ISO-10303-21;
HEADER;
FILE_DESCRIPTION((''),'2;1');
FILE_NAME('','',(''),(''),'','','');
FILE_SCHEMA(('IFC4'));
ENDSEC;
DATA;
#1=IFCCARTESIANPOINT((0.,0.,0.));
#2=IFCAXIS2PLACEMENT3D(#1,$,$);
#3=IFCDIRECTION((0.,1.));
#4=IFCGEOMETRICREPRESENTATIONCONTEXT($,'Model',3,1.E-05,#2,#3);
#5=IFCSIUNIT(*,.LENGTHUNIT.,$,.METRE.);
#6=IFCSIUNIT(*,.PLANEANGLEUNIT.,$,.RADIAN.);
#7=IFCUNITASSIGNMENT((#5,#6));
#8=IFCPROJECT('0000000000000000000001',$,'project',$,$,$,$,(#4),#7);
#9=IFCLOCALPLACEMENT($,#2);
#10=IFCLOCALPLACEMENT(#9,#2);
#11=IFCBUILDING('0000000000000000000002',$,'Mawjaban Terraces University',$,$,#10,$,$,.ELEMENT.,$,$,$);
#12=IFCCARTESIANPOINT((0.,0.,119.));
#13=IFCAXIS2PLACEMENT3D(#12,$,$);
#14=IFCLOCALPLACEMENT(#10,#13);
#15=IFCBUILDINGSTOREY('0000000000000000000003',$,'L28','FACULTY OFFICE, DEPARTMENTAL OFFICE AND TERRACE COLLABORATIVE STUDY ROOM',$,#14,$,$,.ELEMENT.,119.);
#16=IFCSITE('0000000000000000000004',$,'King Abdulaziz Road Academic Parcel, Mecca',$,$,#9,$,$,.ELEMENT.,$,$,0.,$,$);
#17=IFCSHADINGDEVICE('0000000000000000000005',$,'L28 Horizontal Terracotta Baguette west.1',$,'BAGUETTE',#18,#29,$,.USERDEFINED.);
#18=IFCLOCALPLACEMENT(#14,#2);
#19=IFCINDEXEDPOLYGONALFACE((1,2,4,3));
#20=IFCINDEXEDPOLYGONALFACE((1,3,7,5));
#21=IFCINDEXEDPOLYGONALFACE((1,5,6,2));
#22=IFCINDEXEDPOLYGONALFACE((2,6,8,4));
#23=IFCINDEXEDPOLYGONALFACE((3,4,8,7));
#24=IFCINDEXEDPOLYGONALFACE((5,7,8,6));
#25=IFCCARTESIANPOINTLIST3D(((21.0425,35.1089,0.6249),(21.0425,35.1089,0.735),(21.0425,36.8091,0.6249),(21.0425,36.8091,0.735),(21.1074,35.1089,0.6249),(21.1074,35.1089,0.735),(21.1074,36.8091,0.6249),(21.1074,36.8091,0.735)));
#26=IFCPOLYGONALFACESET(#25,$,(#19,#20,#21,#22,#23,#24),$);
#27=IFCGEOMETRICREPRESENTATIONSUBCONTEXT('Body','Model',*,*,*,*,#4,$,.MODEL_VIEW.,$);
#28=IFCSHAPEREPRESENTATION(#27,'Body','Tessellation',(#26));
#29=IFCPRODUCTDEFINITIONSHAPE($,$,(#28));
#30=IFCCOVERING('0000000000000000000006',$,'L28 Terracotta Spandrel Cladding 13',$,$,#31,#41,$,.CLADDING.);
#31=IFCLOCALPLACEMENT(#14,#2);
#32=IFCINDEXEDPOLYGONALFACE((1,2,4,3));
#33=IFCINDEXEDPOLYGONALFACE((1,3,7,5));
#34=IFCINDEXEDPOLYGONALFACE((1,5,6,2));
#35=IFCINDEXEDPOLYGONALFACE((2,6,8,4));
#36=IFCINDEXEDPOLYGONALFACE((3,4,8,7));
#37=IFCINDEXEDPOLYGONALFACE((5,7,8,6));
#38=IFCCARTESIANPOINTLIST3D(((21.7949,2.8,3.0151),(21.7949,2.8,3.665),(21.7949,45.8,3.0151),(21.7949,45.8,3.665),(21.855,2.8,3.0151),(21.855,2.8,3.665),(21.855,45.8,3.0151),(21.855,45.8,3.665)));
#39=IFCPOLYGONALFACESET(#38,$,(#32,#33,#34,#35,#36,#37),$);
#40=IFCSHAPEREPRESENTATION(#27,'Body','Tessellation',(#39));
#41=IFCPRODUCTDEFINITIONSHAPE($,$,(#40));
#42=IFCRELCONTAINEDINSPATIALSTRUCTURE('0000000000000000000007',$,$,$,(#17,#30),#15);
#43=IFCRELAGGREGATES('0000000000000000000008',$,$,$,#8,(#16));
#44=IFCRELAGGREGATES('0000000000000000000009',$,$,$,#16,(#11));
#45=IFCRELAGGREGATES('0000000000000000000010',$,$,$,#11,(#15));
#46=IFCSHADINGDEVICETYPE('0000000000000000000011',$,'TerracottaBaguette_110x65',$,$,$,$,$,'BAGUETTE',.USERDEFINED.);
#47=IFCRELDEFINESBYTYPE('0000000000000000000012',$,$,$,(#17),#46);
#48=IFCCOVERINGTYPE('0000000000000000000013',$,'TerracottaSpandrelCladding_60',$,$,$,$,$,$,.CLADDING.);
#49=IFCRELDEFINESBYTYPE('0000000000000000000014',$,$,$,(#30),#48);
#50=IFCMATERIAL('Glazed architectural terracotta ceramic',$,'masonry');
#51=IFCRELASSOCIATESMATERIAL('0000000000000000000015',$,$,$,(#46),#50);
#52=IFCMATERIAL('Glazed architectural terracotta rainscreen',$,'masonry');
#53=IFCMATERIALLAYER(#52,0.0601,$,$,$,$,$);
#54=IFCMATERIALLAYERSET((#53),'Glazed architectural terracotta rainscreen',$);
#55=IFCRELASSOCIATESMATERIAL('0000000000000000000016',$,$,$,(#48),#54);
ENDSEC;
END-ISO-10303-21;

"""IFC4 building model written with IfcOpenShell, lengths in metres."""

from ifc_helpers import new_model, si_unit, direction, frame, origin, origin_2d, place, context, subcontext, project, spatial, rectangle, extrude, material, layer, layer_set, material_profile, profile_set, type_object, element, save


model = new_model("IFC4")

# Units and contexts
model_context = context("Model", 3, precision=1e-05, world=origin(), true_north=direction((0.0, 1.0)))
body_context = subcontext(model_context, "Body", "Model", "MODEL_VIEW")
ifc_project = project(units=[si_unit("LENGTHUNIT", "METRE"), si_unit("PLANEANGLEUNIT", "RADIAN")], contexts=[model_context])

# Site, building, storey
site_placement = place(None, origin())
site = spatial("IfcSite", under=ifc_project, at=site_placement, Name="King Abdulaziz Road Academic Parcel, Mecca", CompositionType="ELEMENT", RefElevation=0.0)
building_placement = place(site_placement, origin())
building = spatial("IfcBuilding", under=site, at=building_placement, Name="Mawjaban Terraces University", CompositionType="ELEMENT")
storey_placement = place(building_placement, frame((0.0, 0.0, 119.0)))
storey = spatial("IfcBuildingStorey", under=building, at=storey_placement, Name="L28", Description="FACULTY OFFICE, DEPARTMENTAL OFFICE AND TERRACE COLLABORATIVE STUDY ROOM", CompositionType="ELEMENT", Elevation=119.0)

# Shading device
ifc_material_1 = material(Name="Glazed architectural terracotta ceramic", Category="masonry")
ifc_material_profile_1 = material_profile(ifc_material_1, rectangle(XDim=0.0649, YDim=0.1101, at=origin_2d()), Name="TBAG110X65")
ifc_profile_set_1 = profile_set([ifc_material_profile_1], Name="Glazed architectural terracotta ceramic")
shading_device_type = type_object("IfcShadingDeviceType", Name="TerracottaBaguette_110x65", ElementType="BAGUETTE", PredefinedType="USERDEFINED", material=ifc_profile_set_1)
shading_device_placement = place(storey_placement, frame((21.075, 35.1089, 0.6799), z_axis=(0.0, 1.0, 0.0), x_axis=(-1.0, 0.0, 0.0)))
element("IfcShadingDevice", 1, at=shading_device_placement, inside=storey, type_object=shading_device_type, Name="L28 Horizontal Terracotta Baguette west.1", ObjectType="BAGUETTE", PredefinedType="USERDEFINED", context=body_context, shape_type="SweptSolid", body=[
    extrude(rectangle(XDim=0.0649, YDim=0.1101, at=origin_2d()), origin(), (0.0, 0.0, 1.0), 1.7002),
])

# Covering
ifc_material_2 = material(Name="Glazed architectural terracotta rainscreen", Category="masonry")
ifc_layer_1 = layer(ifc_material_2, 0.0601)
ifc_layer_set_1 = layer_set([ifc_layer_1], Name="Glazed architectural terracotta rainscreen")
covering_type = type_object("IfcCoveringType", Name="TerracottaSpandrelCladding_60", PredefinedType="CLADDING", material=ifc_layer_set_1)
covering_placement = place(storey_placement, frame((21.825, 24.3, 3.0151), z_axis=(0.0, 0.0, 1.0), x_axis=(0.0, -1.0, 0.0)))
element("IfcCovering", 2, at=covering_placement, inside=storey, type_object=covering_type, Name="L28 Terracotta Spandrel Cladding 13", PredefinedType="CLADDING", context=body_context, shape_type="SweptSolid", body=[
    extrude(rectangle(XDim=43.0, YDim=0.0601, at=origin_2d()), origin(), (0.0, 0.0, 1.0), 0.6499),
])

save(model, "model.ifc")
